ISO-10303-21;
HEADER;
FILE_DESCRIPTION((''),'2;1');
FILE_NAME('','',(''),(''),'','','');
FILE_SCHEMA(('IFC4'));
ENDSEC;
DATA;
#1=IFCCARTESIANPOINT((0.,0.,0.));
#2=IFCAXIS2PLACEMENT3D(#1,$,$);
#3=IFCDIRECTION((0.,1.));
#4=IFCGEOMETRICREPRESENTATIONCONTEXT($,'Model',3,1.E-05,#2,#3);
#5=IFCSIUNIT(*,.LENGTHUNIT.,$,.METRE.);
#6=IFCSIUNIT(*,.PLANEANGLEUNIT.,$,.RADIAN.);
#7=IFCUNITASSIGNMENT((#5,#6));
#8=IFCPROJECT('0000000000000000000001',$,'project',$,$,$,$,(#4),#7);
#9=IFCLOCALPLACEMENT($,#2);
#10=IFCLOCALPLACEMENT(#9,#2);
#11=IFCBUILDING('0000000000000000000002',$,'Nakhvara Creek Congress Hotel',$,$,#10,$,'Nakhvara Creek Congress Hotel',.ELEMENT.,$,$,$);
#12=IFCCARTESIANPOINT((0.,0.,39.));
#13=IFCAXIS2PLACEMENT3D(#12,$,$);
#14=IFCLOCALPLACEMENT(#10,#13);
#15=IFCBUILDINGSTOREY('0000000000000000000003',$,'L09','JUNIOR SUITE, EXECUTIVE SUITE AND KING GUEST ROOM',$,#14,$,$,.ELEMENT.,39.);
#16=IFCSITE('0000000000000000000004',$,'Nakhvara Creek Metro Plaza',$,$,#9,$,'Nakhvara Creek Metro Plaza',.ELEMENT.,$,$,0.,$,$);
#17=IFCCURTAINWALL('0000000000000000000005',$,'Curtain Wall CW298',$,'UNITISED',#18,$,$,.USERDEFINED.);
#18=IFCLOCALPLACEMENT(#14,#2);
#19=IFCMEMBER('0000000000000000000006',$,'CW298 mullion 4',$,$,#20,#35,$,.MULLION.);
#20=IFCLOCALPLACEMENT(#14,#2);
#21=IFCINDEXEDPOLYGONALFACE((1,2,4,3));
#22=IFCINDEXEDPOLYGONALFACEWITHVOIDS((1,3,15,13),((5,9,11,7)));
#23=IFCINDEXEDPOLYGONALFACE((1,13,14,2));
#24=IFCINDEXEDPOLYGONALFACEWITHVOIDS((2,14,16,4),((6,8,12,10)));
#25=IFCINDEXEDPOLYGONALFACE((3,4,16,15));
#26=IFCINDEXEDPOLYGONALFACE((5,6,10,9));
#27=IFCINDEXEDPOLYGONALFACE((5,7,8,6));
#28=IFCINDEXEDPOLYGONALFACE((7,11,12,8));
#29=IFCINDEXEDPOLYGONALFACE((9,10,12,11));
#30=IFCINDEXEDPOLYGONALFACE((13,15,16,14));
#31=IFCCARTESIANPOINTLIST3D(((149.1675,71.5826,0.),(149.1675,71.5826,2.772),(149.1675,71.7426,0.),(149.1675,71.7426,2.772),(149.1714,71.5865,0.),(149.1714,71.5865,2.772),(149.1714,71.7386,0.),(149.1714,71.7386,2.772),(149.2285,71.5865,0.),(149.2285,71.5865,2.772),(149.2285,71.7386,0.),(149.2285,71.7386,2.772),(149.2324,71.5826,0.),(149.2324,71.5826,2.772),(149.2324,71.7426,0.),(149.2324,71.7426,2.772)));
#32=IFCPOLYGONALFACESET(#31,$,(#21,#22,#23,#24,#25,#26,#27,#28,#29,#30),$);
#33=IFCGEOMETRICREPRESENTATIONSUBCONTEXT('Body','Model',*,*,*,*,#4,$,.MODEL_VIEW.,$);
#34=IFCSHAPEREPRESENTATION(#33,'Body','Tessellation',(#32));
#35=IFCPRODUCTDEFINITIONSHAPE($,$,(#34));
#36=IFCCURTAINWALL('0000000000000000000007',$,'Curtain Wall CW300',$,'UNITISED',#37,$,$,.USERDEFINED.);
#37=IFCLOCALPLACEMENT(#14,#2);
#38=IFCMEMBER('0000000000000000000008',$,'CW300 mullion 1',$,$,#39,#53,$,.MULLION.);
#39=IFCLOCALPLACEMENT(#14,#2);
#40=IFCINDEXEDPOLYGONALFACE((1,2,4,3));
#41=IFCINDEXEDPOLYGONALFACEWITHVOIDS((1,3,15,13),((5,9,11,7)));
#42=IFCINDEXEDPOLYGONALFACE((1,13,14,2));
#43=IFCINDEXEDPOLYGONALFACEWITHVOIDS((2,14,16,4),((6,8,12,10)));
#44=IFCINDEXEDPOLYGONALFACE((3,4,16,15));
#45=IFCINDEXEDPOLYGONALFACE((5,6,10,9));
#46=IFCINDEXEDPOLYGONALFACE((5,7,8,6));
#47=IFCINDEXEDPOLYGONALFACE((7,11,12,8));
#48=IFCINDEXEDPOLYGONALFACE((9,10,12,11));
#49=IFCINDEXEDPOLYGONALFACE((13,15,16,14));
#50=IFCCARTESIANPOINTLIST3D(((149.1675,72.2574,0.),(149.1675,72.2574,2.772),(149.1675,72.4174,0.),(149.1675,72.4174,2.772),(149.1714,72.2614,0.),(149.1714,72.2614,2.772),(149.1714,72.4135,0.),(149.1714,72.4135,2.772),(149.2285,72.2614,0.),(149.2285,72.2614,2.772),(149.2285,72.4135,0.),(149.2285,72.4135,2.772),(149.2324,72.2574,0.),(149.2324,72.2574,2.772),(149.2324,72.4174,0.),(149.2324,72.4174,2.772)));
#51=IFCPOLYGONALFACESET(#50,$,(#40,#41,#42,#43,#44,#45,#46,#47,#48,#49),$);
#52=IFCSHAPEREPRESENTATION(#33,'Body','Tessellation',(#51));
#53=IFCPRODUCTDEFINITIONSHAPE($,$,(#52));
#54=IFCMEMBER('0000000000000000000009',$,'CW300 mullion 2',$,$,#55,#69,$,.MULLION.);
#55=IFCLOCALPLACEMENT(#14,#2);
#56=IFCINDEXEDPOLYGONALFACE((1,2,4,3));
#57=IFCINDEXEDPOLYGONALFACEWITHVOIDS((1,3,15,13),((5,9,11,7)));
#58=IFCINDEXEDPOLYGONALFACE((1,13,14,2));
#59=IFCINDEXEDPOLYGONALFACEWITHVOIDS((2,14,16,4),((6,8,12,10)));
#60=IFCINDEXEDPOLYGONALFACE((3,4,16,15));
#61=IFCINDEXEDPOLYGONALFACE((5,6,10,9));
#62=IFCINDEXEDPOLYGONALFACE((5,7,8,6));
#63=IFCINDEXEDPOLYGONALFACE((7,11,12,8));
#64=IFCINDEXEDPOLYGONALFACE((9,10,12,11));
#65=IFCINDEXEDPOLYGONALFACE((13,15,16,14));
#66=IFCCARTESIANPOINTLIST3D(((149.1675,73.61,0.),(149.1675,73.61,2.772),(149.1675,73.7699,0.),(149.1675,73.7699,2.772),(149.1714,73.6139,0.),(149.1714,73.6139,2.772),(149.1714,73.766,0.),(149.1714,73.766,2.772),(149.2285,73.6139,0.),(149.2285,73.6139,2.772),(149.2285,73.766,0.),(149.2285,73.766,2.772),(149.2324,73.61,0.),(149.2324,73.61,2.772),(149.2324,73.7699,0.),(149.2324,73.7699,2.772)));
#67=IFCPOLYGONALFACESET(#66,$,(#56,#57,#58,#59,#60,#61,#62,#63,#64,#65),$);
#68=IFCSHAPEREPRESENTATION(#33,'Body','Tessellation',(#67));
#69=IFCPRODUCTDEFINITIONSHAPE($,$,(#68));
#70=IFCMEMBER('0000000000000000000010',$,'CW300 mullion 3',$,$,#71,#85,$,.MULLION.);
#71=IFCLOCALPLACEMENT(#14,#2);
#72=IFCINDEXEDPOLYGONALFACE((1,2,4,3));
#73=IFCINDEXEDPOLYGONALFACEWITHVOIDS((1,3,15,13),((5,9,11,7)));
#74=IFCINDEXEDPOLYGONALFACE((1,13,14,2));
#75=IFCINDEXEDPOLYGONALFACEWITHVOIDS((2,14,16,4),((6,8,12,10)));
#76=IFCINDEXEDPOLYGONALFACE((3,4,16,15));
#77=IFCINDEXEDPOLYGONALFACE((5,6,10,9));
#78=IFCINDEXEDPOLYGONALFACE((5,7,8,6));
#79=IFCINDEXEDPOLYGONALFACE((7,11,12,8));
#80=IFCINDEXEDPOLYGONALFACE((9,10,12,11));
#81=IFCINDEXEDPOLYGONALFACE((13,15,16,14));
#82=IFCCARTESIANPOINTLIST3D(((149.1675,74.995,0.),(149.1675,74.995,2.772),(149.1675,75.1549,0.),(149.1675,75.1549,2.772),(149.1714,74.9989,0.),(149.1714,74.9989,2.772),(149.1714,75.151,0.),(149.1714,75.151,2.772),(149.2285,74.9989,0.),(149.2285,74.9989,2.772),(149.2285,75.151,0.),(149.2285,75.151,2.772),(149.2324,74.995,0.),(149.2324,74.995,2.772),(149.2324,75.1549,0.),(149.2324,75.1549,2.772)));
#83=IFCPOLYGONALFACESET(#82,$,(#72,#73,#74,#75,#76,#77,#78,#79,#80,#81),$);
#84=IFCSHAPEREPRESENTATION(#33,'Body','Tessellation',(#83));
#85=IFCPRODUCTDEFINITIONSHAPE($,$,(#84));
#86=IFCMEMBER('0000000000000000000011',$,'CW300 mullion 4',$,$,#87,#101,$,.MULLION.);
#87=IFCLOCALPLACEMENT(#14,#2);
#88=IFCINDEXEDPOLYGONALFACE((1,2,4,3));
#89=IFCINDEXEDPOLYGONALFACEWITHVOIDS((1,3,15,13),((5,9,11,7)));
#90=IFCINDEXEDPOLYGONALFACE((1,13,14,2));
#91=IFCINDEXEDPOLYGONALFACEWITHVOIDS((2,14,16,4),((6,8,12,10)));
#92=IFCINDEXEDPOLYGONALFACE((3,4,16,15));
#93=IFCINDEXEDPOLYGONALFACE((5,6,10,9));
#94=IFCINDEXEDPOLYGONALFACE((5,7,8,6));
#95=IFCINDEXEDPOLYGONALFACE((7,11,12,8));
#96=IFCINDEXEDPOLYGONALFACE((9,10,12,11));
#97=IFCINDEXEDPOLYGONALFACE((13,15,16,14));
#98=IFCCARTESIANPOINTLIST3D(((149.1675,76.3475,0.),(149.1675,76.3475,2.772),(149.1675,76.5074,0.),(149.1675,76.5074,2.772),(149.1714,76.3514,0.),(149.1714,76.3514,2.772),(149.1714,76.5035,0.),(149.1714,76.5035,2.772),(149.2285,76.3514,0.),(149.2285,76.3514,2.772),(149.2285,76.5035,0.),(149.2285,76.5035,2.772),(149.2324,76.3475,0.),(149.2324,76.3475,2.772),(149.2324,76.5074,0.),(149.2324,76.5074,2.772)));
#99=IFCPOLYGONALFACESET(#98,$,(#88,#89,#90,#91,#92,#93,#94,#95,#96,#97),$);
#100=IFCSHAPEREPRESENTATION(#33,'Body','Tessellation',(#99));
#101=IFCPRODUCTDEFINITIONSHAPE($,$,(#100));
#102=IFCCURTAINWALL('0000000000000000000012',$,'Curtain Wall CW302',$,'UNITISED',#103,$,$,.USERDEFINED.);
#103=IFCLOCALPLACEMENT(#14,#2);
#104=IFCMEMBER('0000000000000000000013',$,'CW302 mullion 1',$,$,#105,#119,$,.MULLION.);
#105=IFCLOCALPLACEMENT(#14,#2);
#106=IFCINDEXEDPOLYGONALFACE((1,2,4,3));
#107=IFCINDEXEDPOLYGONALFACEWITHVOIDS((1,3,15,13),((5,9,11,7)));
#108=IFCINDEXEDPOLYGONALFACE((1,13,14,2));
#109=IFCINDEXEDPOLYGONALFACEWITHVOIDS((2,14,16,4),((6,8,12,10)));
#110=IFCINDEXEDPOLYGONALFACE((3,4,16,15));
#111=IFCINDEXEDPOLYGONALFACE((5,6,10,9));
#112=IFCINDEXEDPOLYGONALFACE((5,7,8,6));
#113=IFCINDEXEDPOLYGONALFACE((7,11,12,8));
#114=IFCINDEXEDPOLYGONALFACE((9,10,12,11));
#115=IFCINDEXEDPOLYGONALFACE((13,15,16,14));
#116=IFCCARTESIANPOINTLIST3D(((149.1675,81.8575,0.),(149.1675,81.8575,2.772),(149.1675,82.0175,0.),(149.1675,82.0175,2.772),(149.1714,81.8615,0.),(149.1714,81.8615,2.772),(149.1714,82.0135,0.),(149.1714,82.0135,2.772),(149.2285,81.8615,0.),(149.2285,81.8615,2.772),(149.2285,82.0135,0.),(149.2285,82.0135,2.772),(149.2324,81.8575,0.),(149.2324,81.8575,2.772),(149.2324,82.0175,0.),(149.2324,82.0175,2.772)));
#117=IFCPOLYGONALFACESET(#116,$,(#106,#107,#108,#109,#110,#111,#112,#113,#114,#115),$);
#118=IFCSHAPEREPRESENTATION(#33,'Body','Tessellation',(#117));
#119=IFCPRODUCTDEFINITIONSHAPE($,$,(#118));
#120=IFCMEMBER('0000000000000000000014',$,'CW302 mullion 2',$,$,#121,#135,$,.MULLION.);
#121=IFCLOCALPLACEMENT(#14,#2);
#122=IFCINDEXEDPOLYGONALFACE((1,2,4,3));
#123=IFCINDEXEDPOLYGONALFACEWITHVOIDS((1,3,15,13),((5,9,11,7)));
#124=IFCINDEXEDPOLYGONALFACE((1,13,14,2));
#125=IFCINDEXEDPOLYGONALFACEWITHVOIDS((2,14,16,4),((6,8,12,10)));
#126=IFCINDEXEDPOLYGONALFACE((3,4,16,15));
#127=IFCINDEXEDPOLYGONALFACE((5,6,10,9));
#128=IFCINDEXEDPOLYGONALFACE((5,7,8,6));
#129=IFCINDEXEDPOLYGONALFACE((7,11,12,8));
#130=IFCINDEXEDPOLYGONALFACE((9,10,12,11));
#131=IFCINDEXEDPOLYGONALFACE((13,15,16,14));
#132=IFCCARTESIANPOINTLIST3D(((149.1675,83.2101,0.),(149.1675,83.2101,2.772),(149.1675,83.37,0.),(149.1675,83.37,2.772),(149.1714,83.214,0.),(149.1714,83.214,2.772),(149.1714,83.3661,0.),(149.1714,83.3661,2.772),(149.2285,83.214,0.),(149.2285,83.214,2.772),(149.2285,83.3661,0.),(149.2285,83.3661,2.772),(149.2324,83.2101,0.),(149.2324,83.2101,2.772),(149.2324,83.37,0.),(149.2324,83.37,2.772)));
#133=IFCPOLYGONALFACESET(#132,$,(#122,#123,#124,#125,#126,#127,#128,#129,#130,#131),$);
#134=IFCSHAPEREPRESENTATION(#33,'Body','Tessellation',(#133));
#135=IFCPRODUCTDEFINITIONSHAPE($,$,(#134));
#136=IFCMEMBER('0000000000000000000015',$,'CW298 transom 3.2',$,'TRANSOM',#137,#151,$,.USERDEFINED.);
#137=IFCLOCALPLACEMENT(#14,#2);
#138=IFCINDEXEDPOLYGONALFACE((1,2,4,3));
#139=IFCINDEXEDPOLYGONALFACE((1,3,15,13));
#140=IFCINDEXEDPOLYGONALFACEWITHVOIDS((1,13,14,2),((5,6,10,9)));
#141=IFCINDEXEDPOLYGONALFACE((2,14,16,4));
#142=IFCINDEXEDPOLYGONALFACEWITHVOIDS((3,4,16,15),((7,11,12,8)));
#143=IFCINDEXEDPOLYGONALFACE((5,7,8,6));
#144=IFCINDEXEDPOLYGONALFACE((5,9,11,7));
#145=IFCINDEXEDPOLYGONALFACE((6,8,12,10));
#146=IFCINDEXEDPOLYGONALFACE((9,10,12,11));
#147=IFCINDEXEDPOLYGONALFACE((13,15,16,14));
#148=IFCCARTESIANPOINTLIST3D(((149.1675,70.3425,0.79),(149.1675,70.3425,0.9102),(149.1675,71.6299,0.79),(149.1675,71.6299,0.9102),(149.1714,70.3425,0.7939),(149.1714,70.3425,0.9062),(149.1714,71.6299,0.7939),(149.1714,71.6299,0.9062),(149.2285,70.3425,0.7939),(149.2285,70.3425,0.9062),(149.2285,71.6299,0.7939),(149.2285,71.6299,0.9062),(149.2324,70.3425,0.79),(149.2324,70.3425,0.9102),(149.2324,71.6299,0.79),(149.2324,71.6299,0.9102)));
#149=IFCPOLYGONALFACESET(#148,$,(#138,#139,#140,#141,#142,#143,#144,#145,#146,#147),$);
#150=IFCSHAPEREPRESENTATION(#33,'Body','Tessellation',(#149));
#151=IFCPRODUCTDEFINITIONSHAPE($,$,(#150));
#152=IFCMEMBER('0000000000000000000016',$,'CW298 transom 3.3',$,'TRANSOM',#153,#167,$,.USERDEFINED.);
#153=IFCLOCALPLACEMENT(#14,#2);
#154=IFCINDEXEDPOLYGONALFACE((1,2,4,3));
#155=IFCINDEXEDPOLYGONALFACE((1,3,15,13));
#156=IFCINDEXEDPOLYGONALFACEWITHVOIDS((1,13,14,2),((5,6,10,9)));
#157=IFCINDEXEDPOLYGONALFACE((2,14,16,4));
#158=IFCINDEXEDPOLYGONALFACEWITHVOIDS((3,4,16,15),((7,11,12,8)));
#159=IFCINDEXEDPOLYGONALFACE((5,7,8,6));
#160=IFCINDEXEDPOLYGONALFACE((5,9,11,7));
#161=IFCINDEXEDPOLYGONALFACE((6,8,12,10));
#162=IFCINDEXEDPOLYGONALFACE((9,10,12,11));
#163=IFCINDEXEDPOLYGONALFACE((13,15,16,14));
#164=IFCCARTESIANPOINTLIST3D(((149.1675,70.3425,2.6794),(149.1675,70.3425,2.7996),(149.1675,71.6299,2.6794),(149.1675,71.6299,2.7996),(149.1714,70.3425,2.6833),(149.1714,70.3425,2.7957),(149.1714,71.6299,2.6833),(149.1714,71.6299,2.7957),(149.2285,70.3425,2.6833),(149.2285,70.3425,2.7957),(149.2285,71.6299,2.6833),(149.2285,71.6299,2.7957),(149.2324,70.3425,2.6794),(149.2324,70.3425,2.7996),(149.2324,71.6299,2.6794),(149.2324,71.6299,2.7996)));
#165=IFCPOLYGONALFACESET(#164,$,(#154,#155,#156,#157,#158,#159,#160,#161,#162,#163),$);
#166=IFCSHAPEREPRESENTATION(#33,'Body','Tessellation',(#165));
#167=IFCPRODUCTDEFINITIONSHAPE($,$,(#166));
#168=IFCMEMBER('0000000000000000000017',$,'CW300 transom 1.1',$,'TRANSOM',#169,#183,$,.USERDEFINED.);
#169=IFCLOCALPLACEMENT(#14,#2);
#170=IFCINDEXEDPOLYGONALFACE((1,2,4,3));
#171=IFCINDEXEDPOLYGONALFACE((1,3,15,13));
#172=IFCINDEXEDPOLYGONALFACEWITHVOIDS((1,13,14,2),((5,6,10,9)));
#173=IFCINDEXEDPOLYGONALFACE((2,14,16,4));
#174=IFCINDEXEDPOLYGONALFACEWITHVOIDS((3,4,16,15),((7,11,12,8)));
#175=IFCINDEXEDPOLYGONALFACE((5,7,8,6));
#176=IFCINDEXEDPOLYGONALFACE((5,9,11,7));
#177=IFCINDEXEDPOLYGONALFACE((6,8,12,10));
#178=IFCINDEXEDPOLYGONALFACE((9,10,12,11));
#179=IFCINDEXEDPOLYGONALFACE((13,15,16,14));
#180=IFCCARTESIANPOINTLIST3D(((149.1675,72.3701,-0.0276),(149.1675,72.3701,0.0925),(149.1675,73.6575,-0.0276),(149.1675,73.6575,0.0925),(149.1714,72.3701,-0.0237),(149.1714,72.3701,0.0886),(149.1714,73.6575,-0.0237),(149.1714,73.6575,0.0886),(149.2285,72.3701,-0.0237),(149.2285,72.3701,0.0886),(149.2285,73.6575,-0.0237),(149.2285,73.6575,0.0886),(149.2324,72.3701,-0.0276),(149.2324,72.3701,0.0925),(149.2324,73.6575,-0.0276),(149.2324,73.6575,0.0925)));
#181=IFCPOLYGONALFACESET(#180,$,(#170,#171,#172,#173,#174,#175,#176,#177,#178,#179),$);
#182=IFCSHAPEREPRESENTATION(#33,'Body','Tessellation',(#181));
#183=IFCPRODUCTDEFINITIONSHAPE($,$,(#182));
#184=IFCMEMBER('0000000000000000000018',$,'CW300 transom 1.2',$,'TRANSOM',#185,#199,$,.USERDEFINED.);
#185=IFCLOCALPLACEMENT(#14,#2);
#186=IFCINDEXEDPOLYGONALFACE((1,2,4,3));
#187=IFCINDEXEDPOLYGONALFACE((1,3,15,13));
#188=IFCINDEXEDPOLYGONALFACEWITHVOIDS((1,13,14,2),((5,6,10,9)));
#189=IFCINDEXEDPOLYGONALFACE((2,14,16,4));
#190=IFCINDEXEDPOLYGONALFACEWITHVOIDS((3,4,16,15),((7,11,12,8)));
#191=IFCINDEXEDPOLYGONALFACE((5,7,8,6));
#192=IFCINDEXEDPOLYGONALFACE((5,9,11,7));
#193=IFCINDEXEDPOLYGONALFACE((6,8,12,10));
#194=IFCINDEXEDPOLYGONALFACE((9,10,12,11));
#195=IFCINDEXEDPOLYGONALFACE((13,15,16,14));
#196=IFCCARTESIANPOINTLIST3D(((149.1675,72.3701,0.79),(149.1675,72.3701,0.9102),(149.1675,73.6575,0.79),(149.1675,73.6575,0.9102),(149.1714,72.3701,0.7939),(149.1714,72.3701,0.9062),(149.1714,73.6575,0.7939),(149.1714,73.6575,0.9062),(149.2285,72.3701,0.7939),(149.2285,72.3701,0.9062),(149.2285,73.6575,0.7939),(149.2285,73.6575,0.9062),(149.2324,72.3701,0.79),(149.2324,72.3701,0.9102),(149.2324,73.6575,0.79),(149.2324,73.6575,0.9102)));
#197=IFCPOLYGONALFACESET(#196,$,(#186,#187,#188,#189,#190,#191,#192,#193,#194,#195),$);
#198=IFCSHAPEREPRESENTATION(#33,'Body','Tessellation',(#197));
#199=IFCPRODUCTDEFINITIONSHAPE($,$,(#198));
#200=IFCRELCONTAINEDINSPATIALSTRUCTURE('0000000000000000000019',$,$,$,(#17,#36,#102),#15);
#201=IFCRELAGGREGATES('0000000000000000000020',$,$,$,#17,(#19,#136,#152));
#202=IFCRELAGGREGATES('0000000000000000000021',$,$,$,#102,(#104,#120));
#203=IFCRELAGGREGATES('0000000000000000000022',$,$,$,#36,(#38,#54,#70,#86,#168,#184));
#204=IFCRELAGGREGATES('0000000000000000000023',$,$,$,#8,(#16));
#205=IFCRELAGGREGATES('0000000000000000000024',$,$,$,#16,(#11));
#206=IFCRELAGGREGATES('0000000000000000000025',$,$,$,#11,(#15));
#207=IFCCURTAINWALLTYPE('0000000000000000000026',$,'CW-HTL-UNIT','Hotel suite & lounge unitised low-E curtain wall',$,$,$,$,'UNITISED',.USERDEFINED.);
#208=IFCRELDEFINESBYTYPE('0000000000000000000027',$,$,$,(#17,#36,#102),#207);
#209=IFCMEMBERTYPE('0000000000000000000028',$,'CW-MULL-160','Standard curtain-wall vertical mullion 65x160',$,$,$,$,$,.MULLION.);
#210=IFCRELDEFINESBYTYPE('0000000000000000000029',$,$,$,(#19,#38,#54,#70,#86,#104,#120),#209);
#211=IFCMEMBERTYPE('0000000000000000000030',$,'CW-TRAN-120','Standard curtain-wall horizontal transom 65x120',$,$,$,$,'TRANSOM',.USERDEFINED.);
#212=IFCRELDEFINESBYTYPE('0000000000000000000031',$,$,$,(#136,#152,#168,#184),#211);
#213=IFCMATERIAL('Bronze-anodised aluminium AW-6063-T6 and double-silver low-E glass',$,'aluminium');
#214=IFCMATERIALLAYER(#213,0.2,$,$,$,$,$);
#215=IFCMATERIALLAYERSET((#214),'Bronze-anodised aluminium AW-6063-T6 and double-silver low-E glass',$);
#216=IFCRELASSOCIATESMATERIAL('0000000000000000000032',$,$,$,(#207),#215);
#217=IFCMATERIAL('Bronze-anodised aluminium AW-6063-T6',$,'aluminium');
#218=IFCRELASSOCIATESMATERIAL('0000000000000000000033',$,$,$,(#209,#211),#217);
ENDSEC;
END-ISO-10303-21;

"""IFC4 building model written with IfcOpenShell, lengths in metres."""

from ifc_helpers import new_model, si_unit, direction, frame, origin, origin_2d, place, context, subcontext, project, spatial, hollow_rectangle, extrude, material, layer, layer_set, material_profile, profile_set, type_object, element, aggregate, save


model = new_model("IFC4")

# Units and contexts
model_context = context("Model", 3, precision=1e-05, world=origin(), true_north=direction((0.0, 1.0)))
body_context = subcontext(model_context, "Body", "Model", "MODEL_VIEW")
ifc_project = project(units=[si_unit("LENGTHUNIT", "METRE"), si_unit("PLANEANGLEUNIT", "RADIAN")], contexts=[model_context])

# Site, building, storey
site_placement = place(None, origin())
site = spatial("IfcSite", under=ifc_project, at=site_placement, Name="Nakhvara Creek Metro Plaza", LongName="Nakhvara Creek Metro Plaza", CompositionType="ELEMENT", RefElevation=0.0)
building_placement = place(site_placement, origin())
building = spatial("IfcBuilding", under=site, at=building_placement, Name="Nakhvara Creek Congress Hotel", LongName="Nakhvara Creek Congress Hotel", CompositionType="ELEMENT")
storey_placement = place(building_placement, frame((0.0, 0.0, 39.0)))
storey = spatial("IfcBuildingStorey", under=building, at=storey_placement, Name="L09", Description="JUNIOR SUITE, EXECUTIVE SUITE AND KING GUEST ROOM", CompositionType="ELEMENT", Elevation=39.0)

# Curtain wall, member
ifc_material_1 = material(Name="Bronze-anodised aluminium AW-6063-T6 and double-silver low-E glass", Category="aluminium")
ifc_layer = layer(ifc_material_1, 0.2)
ifc_layer_set = layer_set([ifc_layer], Name="Bronze-anodised aluminium AW-6063-T6 and double-silver low-E glass")
curtain_wall_type = type_object("IfcCurtainWallType", Name="CW-HTL-UNIT", Description="Hotel suite & lounge unitised low-E curtain wall", ElementType="UNITISED", PredefinedType="USERDEFINED", material=ifc_layer_set)
curtain_wall_1_placement = place(storey_placement, origin())
curtain_wall_1 = element("IfcCurtainWall", 1, at=curtain_wall_1_placement, inside=storey, type_object=curtain_wall_type, Name="Curtain Wall CW298", ObjectType="UNITISED", PredefinedType="USERDEFINED")
ifc_material_2 = material(Name="Bronze-anodised aluminium AW-6063-T6", Category="aluminium")
ifc_material_profile_1 = material_profile(ifc_material_2, hollow_rectangle(XDim=0.0649, YDim=0.1599, WallThickness=0.0039, at=origin_2d()), Name="ALU-MULL 65x160x4", Category="LoadBearing")
ifc_profile_set_1 = profile_set([ifc_material_profile_1], Name="Bronze-anodised aluminium AW-6063-T6")
member_type_1 = type_object("IfcMemberType", Name="CW-MULL-160", Description="Standard curtain-wall vertical mullion 65x160", PredefinedType="MULLION", material=ifc_profile_set_1)
member_1_placement = place(storey_placement, frame((149.2, 71.6626, 0.0), z_axis=(0.0, 0.0, 1.0), x_axis=(-1.0, 0.0, 0.0)))
member_1 = element("IfcMember", 2, at=member_1_placement, type_object=member_type_1, Name="CW298 mullion 4", PredefinedType="MULLION", context=body_context, shape_type="SweptSolid", body=[
    extrude(hollow_rectangle(XDim=0.0649, YDim=0.1599, WallThickness=0.0039, at=origin_2d()), origin(), (0.0, 0.0, 1.0), 2.772),
])

# Curtain walls, members
curtain_wall_2_placement = place(storey_placement, origin())
curtain_wall_2 = element("IfcCurtainWall", 3, at=curtain_wall_2_placement, inside=storey, type_object=curtain_wall_type, Name="Curtain Wall CW300", ObjectType="UNITISED", PredefinedType="USERDEFINED")
member_2_placement = place(storey_placement, frame((149.2, 72.3374, 0.0), z_axis=(0.0, 0.0, 1.0), x_axis=(-1.0, 0.0, 0.0)))
member_2 = element("IfcMember", 4, at=member_2_placement, type_object=member_type_1, Name="CW300 mullion 1", PredefinedType="MULLION", context=body_context, shape_type="SweptSolid", body=[
    extrude(hollow_rectangle(XDim=0.0649, YDim=0.1599, WallThickness=0.0039, at=origin_2d()), origin(), (0.0, 0.0, 1.0), 2.772),
])
member_3_placement = place(storey_placement, frame((149.2, 73.6899, 0.0), z_axis=(0.0, 0.0, 1.0), x_axis=(-1.0, 0.0, 0.0)))
member_3 = element("IfcMember", 5, at=member_3_placement, type_object=member_type_1, Name="CW300 mullion 2", PredefinedType="MULLION", context=body_context, shape_type="SweptSolid", body=[
    extrude(hollow_rectangle(XDim=0.0649, YDim=0.1599, WallThickness=0.0039, at=origin_2d()), origin(), (0.0, 0.0, 1.0), 2.772),
])
member_4_placement = place(storey_placement, frame((149.2, 75.075, 0.0), z_axis=(0.0, 0.0, 1.0), x_axis=(-1.0, 0.0, 0.0)))
member_4 = element("IfcMember", 6, at=member_4_placement, type_object=member_type_1, Name="CW300 mullion 3", PredefinedType="MULLION", context=body_context, shape_type="SweptSolid", body=[
    extrude(hollow_rectangle(XDim=0.0649, YDim=0.1599, WallThickness=0.0039, at=origin_2d()), origin(), (0.0, 0.0, 1.0), 2.772),
])
member_5_placement = place(storey_placement, frame((149.2, 76.4275, 0.0), z_axis=(0.0, 0.0, 1.0), x_axis=(-1.0, 0.0, 0.0)))
member_5 = element("IfcMember", 7, at=member_5_placement, type_object=member_type_1, Name="CW300 mullion 4", PredefinedType="MULLION", context=body_context, shape_type="SweptSolid", body=[
    extrude(hollow_rectangle(XDim=0.0649, YDim=0.1599, WallThickness=0.0039, at=origin_2d()), origin(), (0.0, 0.0, 1.0), 2.772),
])
curtain_wall_3_placement = place(storey_placement, origin())
curtain_wall_3 = element("IfcCurtainWall", 8, at=curtain_wall_3_placement, inside=storey, type_object=curtain_wall_type, Name="Curtain Wall CW302", ObjectType="UNITISED", PredefinedType="USERDEFINED")
member_6_placement = place(storey_placement, frame((149.2, 81.9375, 0.0), z_axis=(0.0, 0.0, 1.0), x_axis=(-1.0, 0.0, 0.0)))
member_6 = element("IfcMember", 9, at=member_6_placement, type_object=member_type_1, Name="CW302 mullion 1", PredefinedType="MULLION", context=body_context, shape_type="SweptSolid", body=[
    extrude(hollow_rectangle(XDim=0.0649, YDim=0.1599, WallThickness=0.0039, at=origin_2d()), origin(), (0.0, 0.0, 1.0), 2.772),
])
member_7_placement = place(storey_placement, frame((149.2, 83.29, 0.0), z_axis=(0.0, 0.0, 1.0), x_axis=(-1.0, 0.0, 0.0)))
member_7 = element("IfcMember", 10, at=member_7_placement, type_object=member_type_1, Name="CW302 mullion 2", PredefinedType="MULLION", context=body_context, shape_type="SweptSolid", body=[
    extrude(hollow_rectangle(XDim=0.0649, YDim=0.1599, WallThickness=0.0039, at=origin_2d()), origin(), (0.0, 0.0, 1.0), 2.772),
])

# Members
ifc_material_profile_2 = material_profile(ifc_material_2, hollow_rectangle(XDim=0.0649, YDim=0.1201, WallThickness=0.0039, at=origin_2d()), Name="ALU-TRAN 65x120x4", Category="LoadBearing")
ifc_profile_set_2 = profile_set([ifc_material_profile_2], Name="Bronze-anodised aluminium AW-6063-T6")
member_type_2 = type_object("IfcMemberType", Name="CW-TRAN-120", Description="Standard curtain-wall horizontal transom 65x120", ElementType="TRANSOM", PredefinedType="USERDEFINED", material=ifc_profile_set_2)
member_8_placement = place(storey_placement, frame((149.2, 70.3425, 0.8501), z_axis=(0.0, 1.0, 0.0), x_axis=(-1.0, 0.0, 0.0)))
member_8 = element("IfcMember", 11, at=member_8_placement, type_object=member_type_2, Name="CW298 transom 3.2", ObjectType="TRANSOM", PredefinedType="USERDEFINED", context=body_context, shape_type="SweptSolid", body=[
    extrude(hollow_rectangle(XDim=0.0649, YDim=0.1201, WallThickness=0.0039, at=origin_2d()), origin(), (0.0, 0.0, 1.0), 1.2874),
])
member_9_placement = place(storey_placement, frame((149.2, 70.3425, 2.7395), z_axis=(0.0, 1.0, 0.0), x_axis=(-1.0, 0.0, 0.0)))
member_9 = element("IfcMember", 12, at=member_9_placement, type_object=member_type_2, Name="CW298 transom 3.3", ObjectType="TRANSOM", PredefinedType="USERDEFINED", context=body_context, shape_type="SweptSolid", body=[
    extrude(hollow_rectangle(XDim=0.0649, YDim=0.1201, WallThickness=0.0039, at=origin_2d()), origin(), (0.0, 0.0, 1.0), 1.2874),
])
member_10_placement = place(storey_placement, frame((149.2, 72.3701, 0.0325), z_axis=(0.0, 1.0, 0.0), x_axis=(-1.0, 0.0, 0.0)))
member_10 = element("IfcMember", 13, at=member_10_placement, type_object=member_type_2, Name="CW300 transom 1.1", ObjectType="TRANSOM", PredefinedType="USERDEFINED", context=body_context, shape_type="SweptSolid", body=[
    extrude(hollow_rectangle(XDim=0.0649, YDim=0.1201, WallThickness=0.0039, at=origin_2d()), origin(), (0.0, 0.0, 1.0), 1.2874),
])
member_11_placement = place(storey_placement, frame((149.2, 72.3701, 0.8501), z_axis=(0.0, 1.0, 0.0), x_axis=(-1.0, 0.0, 0.0)))
member_11 = element("IfcMember", 14, at=member_11_placement, type_object=member_type_2, Name="CW300 transom 1.2", ObjectType="TRANSOM", PredefinedType="USERDEFINED", context=body_context, shape_type="SweptSolid", body=[
    extrude(hollow_rectangle(XDim=0.0649, YDim=0.1201, WallThickness=0.0039, at=origin_2d()), origin(), (0.0, 0.0, 1.0), 1.2874),
])

aggregate(curtain_wall_1, [member_1, member_8, member_9])
aggregate(curtain_wall_3, [member_6, member_7])
aggregate(curtain_wall_2, [member_2, member_3, member_4, member_5, member_10, member_11])

save(model, "model.ifc")
